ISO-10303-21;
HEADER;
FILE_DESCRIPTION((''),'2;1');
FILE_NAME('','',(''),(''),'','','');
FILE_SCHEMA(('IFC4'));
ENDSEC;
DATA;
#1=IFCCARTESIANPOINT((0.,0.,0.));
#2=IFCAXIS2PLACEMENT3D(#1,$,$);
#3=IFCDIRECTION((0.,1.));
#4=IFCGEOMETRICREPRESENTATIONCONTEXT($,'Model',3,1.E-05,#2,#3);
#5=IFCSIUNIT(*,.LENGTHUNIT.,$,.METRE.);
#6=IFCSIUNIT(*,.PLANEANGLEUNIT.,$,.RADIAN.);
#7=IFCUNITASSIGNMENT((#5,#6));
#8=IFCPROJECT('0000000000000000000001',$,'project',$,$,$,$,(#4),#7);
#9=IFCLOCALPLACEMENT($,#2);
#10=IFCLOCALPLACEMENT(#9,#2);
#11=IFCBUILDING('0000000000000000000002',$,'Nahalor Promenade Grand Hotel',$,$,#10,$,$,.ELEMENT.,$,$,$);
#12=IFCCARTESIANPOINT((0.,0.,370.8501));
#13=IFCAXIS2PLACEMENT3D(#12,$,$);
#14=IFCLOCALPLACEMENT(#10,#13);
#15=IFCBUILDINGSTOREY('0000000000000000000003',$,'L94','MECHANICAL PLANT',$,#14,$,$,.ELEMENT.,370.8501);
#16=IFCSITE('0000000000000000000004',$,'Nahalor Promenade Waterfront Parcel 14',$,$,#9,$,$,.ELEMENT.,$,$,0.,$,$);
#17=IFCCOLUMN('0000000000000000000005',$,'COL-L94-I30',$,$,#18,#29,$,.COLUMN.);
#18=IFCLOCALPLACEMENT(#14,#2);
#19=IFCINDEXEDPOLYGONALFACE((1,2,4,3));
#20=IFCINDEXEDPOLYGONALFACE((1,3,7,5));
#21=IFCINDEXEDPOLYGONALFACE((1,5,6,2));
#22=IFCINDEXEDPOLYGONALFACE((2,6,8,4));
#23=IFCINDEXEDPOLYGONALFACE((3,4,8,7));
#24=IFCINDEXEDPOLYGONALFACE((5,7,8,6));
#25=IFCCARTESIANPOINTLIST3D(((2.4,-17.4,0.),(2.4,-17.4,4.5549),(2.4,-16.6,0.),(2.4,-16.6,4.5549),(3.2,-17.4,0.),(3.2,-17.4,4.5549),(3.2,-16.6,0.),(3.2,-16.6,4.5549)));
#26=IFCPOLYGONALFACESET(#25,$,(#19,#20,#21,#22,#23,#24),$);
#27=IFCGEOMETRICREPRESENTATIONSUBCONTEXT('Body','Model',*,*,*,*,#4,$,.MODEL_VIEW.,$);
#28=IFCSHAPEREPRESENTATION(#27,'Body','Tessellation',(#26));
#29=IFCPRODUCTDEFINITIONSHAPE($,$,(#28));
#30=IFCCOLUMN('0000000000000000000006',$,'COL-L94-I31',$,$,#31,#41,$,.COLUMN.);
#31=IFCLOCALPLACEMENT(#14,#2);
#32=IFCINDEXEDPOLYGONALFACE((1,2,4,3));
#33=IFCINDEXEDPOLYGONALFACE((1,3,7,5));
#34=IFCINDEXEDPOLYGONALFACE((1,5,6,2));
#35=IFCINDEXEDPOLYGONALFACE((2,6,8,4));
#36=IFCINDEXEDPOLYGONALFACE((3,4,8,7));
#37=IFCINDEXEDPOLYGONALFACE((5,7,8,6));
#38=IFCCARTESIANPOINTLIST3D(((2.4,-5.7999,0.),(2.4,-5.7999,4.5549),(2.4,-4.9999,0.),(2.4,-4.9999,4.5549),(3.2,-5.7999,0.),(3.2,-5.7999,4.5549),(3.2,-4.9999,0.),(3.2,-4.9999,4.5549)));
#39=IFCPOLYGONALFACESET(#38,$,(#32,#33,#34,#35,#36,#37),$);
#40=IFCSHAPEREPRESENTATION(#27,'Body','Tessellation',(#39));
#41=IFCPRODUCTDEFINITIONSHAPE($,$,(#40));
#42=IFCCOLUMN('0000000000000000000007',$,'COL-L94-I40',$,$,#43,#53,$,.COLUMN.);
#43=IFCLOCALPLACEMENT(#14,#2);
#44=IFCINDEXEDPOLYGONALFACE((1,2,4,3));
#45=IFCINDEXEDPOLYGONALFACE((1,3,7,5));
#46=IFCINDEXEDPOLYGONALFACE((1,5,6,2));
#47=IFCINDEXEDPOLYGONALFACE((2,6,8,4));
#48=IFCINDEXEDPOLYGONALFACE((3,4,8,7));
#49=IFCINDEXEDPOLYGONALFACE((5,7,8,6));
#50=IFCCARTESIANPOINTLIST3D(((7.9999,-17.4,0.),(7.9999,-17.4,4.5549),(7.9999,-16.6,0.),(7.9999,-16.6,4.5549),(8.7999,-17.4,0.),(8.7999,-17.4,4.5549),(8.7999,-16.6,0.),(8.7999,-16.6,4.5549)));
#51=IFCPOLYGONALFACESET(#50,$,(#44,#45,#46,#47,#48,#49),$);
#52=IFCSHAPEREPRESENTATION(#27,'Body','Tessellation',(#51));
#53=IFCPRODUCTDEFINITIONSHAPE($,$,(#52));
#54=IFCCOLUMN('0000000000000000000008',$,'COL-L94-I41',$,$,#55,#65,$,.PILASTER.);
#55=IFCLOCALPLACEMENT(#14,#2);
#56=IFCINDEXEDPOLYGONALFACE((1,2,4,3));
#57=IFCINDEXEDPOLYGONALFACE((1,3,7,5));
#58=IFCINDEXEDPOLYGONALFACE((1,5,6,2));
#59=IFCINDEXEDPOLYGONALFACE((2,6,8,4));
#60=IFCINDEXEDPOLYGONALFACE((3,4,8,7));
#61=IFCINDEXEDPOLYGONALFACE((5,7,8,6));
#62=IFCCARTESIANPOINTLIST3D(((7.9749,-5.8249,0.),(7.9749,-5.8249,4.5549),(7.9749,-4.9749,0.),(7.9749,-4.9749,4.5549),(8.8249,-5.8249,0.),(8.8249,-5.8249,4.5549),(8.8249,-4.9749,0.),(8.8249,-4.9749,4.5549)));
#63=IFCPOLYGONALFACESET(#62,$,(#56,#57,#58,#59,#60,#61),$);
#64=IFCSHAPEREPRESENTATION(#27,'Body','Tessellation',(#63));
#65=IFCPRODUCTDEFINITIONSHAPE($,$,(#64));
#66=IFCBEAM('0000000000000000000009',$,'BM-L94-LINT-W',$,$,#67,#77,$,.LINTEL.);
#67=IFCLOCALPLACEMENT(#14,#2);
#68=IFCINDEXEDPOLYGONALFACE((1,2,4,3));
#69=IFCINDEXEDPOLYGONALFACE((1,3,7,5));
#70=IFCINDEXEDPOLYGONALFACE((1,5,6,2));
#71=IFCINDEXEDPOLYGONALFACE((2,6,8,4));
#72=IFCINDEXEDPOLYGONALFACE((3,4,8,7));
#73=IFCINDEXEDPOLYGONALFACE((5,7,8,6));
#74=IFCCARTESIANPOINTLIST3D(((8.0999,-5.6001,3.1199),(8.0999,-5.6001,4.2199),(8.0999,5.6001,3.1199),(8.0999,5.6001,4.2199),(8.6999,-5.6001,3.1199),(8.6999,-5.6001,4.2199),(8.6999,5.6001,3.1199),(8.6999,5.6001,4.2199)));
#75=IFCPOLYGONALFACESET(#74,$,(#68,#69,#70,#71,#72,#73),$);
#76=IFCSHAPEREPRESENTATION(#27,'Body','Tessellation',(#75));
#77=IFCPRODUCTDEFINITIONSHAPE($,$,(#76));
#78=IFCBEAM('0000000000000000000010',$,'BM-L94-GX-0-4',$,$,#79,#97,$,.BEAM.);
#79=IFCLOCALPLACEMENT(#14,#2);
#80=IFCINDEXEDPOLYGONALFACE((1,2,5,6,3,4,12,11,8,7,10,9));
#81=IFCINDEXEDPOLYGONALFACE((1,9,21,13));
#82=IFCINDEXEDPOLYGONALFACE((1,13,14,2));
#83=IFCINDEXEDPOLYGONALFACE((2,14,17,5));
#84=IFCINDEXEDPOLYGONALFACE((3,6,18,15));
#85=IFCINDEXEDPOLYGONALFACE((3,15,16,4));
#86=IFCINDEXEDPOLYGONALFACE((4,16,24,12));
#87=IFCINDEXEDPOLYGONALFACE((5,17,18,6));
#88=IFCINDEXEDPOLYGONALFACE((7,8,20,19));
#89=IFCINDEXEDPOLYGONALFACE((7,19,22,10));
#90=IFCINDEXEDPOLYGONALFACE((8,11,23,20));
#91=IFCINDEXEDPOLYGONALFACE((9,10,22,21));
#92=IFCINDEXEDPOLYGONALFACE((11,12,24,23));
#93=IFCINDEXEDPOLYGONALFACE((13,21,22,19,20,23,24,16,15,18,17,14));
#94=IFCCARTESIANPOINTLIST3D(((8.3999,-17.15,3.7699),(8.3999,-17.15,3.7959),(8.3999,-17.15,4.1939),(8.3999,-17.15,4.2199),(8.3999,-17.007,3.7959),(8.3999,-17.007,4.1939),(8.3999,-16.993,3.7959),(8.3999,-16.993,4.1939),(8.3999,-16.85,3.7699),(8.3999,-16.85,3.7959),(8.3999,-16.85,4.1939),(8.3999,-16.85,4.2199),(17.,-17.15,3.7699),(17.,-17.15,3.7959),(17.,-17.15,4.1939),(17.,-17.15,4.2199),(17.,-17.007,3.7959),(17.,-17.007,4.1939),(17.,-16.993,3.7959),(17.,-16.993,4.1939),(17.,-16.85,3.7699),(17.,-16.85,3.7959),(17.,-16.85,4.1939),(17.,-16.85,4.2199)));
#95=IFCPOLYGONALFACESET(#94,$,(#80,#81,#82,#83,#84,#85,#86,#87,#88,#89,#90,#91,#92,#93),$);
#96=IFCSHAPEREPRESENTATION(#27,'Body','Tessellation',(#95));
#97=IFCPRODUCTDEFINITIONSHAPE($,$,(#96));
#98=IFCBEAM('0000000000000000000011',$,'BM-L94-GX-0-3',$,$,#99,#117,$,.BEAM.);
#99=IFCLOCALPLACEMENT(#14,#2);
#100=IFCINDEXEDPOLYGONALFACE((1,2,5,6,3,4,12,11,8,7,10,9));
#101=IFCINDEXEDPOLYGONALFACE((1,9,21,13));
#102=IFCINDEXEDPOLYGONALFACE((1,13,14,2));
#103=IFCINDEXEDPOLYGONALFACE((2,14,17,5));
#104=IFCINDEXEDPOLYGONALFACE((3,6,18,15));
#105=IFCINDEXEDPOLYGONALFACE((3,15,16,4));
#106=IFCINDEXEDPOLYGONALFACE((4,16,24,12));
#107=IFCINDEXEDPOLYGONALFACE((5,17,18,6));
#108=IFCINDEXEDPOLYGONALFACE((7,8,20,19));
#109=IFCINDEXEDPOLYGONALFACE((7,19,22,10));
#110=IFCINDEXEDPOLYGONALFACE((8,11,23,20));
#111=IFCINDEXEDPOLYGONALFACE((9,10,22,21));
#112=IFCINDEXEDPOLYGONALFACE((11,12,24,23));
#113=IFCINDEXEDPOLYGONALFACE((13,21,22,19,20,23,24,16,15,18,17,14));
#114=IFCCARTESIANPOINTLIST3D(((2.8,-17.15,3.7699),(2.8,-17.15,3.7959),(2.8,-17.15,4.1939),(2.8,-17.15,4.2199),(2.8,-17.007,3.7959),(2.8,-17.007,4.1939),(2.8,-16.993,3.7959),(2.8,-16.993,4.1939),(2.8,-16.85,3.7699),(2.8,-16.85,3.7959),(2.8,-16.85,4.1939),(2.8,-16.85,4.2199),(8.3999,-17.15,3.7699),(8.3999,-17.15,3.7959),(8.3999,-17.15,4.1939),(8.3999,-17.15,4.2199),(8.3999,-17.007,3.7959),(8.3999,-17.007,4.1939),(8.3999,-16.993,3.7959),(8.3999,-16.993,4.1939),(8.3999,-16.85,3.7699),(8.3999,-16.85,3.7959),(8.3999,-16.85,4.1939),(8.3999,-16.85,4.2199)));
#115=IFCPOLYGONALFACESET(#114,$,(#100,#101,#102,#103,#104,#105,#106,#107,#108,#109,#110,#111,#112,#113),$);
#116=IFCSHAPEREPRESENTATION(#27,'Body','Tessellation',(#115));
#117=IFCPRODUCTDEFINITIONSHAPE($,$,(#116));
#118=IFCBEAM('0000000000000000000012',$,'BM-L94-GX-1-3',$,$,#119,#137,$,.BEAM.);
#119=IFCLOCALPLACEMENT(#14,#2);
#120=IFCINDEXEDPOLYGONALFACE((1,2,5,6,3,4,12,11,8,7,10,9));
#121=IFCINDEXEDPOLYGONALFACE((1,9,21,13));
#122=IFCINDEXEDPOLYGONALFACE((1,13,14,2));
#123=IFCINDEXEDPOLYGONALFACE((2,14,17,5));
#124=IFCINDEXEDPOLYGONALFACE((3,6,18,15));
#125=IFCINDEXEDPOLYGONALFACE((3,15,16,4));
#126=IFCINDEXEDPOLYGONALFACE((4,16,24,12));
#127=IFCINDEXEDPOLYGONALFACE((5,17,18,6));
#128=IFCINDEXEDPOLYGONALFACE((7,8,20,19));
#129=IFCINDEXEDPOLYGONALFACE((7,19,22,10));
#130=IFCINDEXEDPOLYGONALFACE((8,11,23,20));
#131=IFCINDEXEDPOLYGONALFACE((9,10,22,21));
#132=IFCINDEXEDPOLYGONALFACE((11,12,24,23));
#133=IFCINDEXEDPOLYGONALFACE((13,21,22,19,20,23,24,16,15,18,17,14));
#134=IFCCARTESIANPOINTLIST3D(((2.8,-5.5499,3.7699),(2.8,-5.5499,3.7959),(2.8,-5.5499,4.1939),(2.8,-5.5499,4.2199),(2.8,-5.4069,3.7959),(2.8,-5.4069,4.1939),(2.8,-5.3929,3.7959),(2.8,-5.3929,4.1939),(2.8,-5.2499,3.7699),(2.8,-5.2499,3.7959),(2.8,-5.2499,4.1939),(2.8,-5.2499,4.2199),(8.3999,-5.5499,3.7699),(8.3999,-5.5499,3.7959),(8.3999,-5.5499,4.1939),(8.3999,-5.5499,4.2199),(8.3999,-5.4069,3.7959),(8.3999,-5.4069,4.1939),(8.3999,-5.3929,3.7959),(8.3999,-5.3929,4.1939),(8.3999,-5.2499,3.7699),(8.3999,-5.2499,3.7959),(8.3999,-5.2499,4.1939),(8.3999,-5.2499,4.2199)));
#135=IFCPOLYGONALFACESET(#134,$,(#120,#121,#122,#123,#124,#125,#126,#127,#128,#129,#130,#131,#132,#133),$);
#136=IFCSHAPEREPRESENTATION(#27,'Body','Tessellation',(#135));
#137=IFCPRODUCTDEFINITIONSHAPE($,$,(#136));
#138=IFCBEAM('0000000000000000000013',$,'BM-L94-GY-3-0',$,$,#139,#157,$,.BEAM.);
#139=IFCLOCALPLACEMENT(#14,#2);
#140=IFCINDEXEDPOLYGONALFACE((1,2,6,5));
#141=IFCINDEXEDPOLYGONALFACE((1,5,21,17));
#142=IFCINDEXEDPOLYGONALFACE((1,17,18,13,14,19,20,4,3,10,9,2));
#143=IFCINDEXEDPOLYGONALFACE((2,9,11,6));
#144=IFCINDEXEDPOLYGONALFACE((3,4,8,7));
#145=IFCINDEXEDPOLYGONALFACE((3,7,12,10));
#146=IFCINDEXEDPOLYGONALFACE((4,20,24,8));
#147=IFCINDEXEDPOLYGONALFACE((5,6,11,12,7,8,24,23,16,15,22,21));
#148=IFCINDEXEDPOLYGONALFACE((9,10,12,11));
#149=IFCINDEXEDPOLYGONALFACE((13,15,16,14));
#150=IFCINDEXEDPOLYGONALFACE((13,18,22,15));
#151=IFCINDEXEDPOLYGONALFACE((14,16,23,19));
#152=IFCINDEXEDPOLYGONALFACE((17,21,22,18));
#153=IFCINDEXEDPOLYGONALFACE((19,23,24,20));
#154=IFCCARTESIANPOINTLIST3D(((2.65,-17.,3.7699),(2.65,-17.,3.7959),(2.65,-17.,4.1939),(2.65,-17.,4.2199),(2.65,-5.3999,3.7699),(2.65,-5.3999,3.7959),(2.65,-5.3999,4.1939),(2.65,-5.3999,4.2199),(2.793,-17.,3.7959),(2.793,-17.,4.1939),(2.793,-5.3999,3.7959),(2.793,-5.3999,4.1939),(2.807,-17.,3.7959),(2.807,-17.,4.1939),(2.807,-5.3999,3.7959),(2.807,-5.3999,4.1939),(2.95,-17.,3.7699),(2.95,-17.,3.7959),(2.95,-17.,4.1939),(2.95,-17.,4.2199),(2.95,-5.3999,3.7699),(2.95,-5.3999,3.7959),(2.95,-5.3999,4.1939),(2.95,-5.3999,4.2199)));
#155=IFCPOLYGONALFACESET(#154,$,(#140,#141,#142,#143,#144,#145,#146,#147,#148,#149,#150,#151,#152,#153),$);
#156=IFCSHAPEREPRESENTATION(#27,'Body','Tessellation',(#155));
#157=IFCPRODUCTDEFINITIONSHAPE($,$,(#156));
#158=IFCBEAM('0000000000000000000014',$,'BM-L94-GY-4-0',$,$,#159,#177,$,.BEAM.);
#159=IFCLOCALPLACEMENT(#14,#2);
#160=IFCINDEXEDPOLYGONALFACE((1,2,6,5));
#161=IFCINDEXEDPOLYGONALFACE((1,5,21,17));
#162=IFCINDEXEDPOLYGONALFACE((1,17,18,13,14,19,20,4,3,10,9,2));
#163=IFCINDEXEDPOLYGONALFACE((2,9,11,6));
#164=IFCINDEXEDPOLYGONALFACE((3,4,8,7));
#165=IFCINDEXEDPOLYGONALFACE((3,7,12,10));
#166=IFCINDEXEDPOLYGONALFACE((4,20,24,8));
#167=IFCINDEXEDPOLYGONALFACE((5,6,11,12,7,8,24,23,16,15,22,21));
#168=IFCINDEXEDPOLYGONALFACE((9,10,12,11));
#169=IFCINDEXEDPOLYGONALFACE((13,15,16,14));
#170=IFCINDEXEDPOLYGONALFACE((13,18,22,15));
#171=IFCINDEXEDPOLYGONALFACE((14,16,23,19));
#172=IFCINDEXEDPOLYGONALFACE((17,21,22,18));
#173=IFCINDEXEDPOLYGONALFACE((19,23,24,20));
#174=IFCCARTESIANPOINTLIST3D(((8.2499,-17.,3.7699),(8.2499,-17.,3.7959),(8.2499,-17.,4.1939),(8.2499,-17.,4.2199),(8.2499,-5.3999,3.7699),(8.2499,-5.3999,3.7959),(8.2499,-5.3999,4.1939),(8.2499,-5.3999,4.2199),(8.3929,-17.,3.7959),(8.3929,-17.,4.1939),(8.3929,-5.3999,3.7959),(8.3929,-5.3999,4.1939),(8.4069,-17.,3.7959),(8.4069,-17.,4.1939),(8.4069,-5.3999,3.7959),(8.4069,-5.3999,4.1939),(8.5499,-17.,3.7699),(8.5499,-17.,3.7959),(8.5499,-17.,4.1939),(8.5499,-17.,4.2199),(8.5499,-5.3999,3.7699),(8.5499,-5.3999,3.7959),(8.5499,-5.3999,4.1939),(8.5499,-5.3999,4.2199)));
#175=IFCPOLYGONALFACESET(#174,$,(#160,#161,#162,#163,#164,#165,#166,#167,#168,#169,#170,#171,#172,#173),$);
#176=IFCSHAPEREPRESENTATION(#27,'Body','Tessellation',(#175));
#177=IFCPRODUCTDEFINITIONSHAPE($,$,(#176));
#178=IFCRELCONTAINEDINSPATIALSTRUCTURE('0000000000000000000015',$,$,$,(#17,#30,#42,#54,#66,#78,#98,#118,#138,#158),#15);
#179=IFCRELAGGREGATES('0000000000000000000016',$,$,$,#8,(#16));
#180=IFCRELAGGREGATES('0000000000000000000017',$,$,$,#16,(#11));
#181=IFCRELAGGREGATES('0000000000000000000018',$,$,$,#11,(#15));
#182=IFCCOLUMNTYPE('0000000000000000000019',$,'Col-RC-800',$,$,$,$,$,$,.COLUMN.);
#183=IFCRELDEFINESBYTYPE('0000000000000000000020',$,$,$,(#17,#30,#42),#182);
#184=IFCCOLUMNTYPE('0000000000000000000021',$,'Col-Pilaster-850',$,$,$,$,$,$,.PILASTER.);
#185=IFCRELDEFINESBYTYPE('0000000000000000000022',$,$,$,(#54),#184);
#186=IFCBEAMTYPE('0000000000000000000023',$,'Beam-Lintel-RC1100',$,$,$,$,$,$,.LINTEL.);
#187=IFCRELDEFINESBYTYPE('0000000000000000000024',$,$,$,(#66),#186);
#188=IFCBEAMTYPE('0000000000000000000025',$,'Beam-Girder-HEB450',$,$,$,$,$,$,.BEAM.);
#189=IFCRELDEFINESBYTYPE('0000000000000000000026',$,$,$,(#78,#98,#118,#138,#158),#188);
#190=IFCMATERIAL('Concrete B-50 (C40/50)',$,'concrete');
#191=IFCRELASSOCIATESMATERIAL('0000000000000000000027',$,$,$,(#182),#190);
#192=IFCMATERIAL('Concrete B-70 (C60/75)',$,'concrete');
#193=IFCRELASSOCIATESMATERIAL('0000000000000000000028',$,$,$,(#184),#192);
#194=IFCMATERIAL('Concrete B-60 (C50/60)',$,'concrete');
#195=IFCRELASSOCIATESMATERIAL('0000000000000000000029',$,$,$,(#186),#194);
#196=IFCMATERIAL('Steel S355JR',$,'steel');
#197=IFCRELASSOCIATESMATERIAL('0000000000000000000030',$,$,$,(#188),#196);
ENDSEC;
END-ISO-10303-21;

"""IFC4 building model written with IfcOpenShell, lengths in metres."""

from ifc_helpers import new_model, si_unit, direction, frame, origin, origin_2d, place, context, subcontext, project, spatial, rectangle, i_section, extrude, source, transform, mapped, material, material_profile, profile_set, type_object, element, save


model = new_model("IFC4")

# Units and contexts
model_context = context("Model", 3, precision=1e-05, world=origin(), true_north=direction((0.0, 1.0)))
body_context = subcontext(model_context, "Body", "Model", "MODEL_VIEW")
ifc_project = project(units=[si_unit("LENGTHUNIT", "METRE"), si_unit("PLANEANGLEUNIT", "RADIAN")], contexts=[model_context])

# Site, building, storey
site_placement = place(None, origin())
site = spatial("IfcSite", under=ifc_project, at=site_placement, Name="Nahalor Promenade Waterfront Parcel 14", CompositionType="ELEMENT", RefElevation=0.0)
building_placement = place(site_placement, origin())
building = spatial("IfcBuilding", under=site, at=building_placement, Name="Nahalor Promenade Grand Hotel", CompositionType="ELEMENT")
storey_placement = place(building_placement, frame((0.0, 0.0, 370.8501)))
storey = spatial("IfcBuildingStorey", under=building, at=storey_placement, Name="L94", Description="MECHANICAL PLANT", CompositionType="ELEMENT", Elevation=370.8501)

# Columns
ifc_material_1 = material(Name="Concrete B-50 (C40/50)", Category="concrete")
ifc_material_profile_1 = material_profile(ifc_material_1, rectangle(XDim=0.8, YDim=0.8, at=origin_2d()), Name="RC 800x800")
ifc_profile_set_1 = profile_set([ifc_material_profile_1], Name="Concrete B-50 (C40/50)")
column_type_1 = type_object("IfcColumnType", Name="Col-RC-800", PredefinedType="COLUMN", material=ifc_profile_set_1)
shared_shape_1 = source(origin(), body_context, "Body", "SweptSolid", [
    extrude(rectangle(XDim=0.8, YDim=0.8, at=origin_2d()), origin(), (0.0, 0.0, 1.0), 4.5549),
])
for number, where, z_axis, x_axis, name in (
    (1, (2.8, -17.0, 0.0), (0.0, 0.0, 1.0), (1.0, 0.0, 0.0), "COL-L94-I30"),
    (2, (2.8, -5.3999, 0.0), (0.0, 0.0, 1.0), (1.0, 0.0, 0.0), "COL-L94-I31"),
    (3, (8.3999, -17.0, 0.0), (0.0, 0.0, 1.0), (1.0, 0.0, 0.0), "COL-L94-I40"),
):
    element("IfcColumn", number, at=place(storey_placement, frame(where, z_axis=z_axis, x_axis=x_axis)), inside=storey, type_object=column_type_1, Name=name, PredefinedType="COLUMN", context=body_context, shape_type="MappedRepresentation", body=[
        mapped(shared_shape_1, transform((0.0, 0.0, 0.0), scale=1.0)),
    ])
ifc_material_2 = material(Name="Concrete B-70 (C60/75)", Category="concrete")
ifc_material_profile_2 = material_profile(ifc_material_2, rectangle(XDim=0.85, YDim=0.85, at=origin_2d()), Name="RC 850x850")
ifc_profile_set_2 = profile_set([ifc_material_profile_2], Name="Concrete B-70 (C60/75)")
column_type_2 = type_object("IfcColumnType", Name="Col-Pilaster-850", PredefinedType="PILASTER", material=ifc_profile_set_2)
shared_shape_2 = source(origin(), body_context, "Body", "SweptSolid", [
    extrude(rectangle(XDim=0.85, YDim=0.85, at=origin_2d()), origin(), (0.0, 0.0, 1.0), 4.5549),
])
column_placement = place(storey_placement, frame((8.3999, -5.3999, 0.0), z_axis=(0.0, 0.0, 1.0), x_axis=(1.0, 0.0, 0.0)))
element("IfcColumn", 4, at=column_placement, inside=storey, type_object=column_type_2, Name="COL-L94-I41", PredefinedType="PILASTER", context=body_context, shape_type="MappedRepresentation", body=[
    mapped(shared_shape_2, transform((0.0, 0.0, 0.0), scale=1.0)),
])

# Beams
ifc_material_3 = material(Name="Concrete B-60 (C50/60)", Category="concrete")
ifc_material_profile_3 = material_profile(ifc_material_3, rectangle(XDim=0.6, YDim=1.1, at=origin_2d()), Name="RC 600x1100")
ifc_profile_set_3 = profile_set([ifc_material_profile_3], Name="Concrete B-60 (C50/60)")
beam_type_1 = type_object("IfcBeamType", Name="Beam-Lintel-RC1100", PredefinedType="LINTEL", material=ifc_profile_set_3)
shared_shape_3 = source(origin(), body_context, "Body", "SweptSolid", [
    extrude(rectangle(XDim=0.6, YDim=1.1, at=origin_2d()), origin(), (0.0, 0.0, 1.0), 11.2002),
])
beam_1_placement = place(storey_placement, frame((8.3999, -5.6001, 3.6699), z_axis=(0.0, 1.0, 0.0), x_axis=(-1.0, 0.0, 0.0)))
element("IfcBeam", 5, at=beam_1_placement, inside=storey, type_object=beam_type_1, Name="BM-L94-LINT-W", PredefinedType="LINTEL", context=body_context, shape_type="MappedRepresentation", body=[
    mapped(shared_shape_3, transform((0.0, 0.0, 0.0), scale=1.0)),
])
ifc_material_4 = material(Name="Steel S355JR", Category="steel")
ifc_material_profile_4 = material_profile(ifc_material_4, i_section(OverallWidth=0.3, OverallDepth=0.45, WebThickness=0.014, FlangeThickness=0.026, at=origin_2d()), Name="HEB 450")
ifc_profile_set_4 = profile_set([ifc_material_profile_4], Name="Steel S355JR")
beam_type_2 = type_object("IfcBeamType", Name="Beam-Girder-HEB450", PredefinedType="BEAM", material=ifc_profile_set_4)
shared_shape_4 = source(origin(), body_context, "Body", "SweptSolid", [
    extrude(i_section(OverallWidth=0.3, OverallDepth=0.45, WebThickness=0.014, FlangeThickness=0.026, at=origin_2d()), origin(), (0.0, 0.0, 1.0), 8.6001),
])
beam_2_placement = place(storey_placement, frame((8.3999, -17.0, 3.9949), z_axis=(1.0, 0.0, 0.0), x_axis=(0.0, 1.0, 0.0)))
element("IfcBeam", 6, at=beam_2_placement, inside=storey, type_object=beam_type_2, Name="BM-L94-GX-0-4", PredefinedType="BEAM", context=body_context, shape_type="MappedRepresentation", body=[
    mapped(shared_shape_4, transform((0.0, 0.0, 0.0), scale=1.0)),
])
shared_shape_5 = source(origin(), body_context, "Body", "SweptSolid", [
    extrude(i_section(OverallWidth=0.3, OverallDepth=0.45, WebThickness=0.014, FlangeThickness=0.026, at=origin_2d()), origin(), (0.0, 0.0, 1.0), 5.5999),
])
for number, where, z_axis, x_axis, name in (
    (7, (2.8, -17.0, 3.9949), (1.0, 0.0, 0.0), (0.0, 1.0, 0.0), "BM-L94-GX-0-3"),
    (8, (2.8, -5.3999, 3.9949), (1.0, 0.0, 0.0), (0.0, 1.0, 0.0), "BM-L94-GX-1-3"),
):
    element("IfcBeam", number, at=place(storey_placement, frame(where, z_axis=z_axis, x_axis=x_axis)), inside=storey, type_object=beam_type_2, Name=name, PredefinedType="BEAM", context=body_context, shape_type="MappedRepresentation", body=[
        mapped(shared_shape_5, transform((0.0, 0.0, 0.0), scale=1.0)),
    ])
shared_shape_6 = source(origin(), body_context, "Body", "SweptSolid", [
    extrude(i_section(OverallWidth=0.3, OverallDepth=0.45, WebThickness=0.014, FlangeThickness=0.026, at=origin_2d()), origin(), (0.0, 0.0, 1.0), 11.6001),
])
for number, where, z_axis, x_axis, name in (
    (9, (2.8, -17.0, 3.9949), (0.0, 1.0, 0.0), (-1.0, 0.0, 0.0), "BM-L94-GY-3-0"),
    (10, (8.3999, -17.0, 3.9949), (0.0, 1.0, 0.0), (-1.0, 0.0, 0.0), "BM-L94-GY-4-0"),
):
    element("IfcBeam", number, at=place(storey_placement, frame(where, z_axis=z_axis, x_axis=x_axis)), inside=storey, type_object=beam_type_2, Name=name, PredefinedType="BEAM", context=body_context, shape_type="MappedRepresentation", body=[
        mapped(shared_shape_6, transform((0.0, 0.0, 0.0), scale=1.0)),
    ])

save(model, "model.ifc")
